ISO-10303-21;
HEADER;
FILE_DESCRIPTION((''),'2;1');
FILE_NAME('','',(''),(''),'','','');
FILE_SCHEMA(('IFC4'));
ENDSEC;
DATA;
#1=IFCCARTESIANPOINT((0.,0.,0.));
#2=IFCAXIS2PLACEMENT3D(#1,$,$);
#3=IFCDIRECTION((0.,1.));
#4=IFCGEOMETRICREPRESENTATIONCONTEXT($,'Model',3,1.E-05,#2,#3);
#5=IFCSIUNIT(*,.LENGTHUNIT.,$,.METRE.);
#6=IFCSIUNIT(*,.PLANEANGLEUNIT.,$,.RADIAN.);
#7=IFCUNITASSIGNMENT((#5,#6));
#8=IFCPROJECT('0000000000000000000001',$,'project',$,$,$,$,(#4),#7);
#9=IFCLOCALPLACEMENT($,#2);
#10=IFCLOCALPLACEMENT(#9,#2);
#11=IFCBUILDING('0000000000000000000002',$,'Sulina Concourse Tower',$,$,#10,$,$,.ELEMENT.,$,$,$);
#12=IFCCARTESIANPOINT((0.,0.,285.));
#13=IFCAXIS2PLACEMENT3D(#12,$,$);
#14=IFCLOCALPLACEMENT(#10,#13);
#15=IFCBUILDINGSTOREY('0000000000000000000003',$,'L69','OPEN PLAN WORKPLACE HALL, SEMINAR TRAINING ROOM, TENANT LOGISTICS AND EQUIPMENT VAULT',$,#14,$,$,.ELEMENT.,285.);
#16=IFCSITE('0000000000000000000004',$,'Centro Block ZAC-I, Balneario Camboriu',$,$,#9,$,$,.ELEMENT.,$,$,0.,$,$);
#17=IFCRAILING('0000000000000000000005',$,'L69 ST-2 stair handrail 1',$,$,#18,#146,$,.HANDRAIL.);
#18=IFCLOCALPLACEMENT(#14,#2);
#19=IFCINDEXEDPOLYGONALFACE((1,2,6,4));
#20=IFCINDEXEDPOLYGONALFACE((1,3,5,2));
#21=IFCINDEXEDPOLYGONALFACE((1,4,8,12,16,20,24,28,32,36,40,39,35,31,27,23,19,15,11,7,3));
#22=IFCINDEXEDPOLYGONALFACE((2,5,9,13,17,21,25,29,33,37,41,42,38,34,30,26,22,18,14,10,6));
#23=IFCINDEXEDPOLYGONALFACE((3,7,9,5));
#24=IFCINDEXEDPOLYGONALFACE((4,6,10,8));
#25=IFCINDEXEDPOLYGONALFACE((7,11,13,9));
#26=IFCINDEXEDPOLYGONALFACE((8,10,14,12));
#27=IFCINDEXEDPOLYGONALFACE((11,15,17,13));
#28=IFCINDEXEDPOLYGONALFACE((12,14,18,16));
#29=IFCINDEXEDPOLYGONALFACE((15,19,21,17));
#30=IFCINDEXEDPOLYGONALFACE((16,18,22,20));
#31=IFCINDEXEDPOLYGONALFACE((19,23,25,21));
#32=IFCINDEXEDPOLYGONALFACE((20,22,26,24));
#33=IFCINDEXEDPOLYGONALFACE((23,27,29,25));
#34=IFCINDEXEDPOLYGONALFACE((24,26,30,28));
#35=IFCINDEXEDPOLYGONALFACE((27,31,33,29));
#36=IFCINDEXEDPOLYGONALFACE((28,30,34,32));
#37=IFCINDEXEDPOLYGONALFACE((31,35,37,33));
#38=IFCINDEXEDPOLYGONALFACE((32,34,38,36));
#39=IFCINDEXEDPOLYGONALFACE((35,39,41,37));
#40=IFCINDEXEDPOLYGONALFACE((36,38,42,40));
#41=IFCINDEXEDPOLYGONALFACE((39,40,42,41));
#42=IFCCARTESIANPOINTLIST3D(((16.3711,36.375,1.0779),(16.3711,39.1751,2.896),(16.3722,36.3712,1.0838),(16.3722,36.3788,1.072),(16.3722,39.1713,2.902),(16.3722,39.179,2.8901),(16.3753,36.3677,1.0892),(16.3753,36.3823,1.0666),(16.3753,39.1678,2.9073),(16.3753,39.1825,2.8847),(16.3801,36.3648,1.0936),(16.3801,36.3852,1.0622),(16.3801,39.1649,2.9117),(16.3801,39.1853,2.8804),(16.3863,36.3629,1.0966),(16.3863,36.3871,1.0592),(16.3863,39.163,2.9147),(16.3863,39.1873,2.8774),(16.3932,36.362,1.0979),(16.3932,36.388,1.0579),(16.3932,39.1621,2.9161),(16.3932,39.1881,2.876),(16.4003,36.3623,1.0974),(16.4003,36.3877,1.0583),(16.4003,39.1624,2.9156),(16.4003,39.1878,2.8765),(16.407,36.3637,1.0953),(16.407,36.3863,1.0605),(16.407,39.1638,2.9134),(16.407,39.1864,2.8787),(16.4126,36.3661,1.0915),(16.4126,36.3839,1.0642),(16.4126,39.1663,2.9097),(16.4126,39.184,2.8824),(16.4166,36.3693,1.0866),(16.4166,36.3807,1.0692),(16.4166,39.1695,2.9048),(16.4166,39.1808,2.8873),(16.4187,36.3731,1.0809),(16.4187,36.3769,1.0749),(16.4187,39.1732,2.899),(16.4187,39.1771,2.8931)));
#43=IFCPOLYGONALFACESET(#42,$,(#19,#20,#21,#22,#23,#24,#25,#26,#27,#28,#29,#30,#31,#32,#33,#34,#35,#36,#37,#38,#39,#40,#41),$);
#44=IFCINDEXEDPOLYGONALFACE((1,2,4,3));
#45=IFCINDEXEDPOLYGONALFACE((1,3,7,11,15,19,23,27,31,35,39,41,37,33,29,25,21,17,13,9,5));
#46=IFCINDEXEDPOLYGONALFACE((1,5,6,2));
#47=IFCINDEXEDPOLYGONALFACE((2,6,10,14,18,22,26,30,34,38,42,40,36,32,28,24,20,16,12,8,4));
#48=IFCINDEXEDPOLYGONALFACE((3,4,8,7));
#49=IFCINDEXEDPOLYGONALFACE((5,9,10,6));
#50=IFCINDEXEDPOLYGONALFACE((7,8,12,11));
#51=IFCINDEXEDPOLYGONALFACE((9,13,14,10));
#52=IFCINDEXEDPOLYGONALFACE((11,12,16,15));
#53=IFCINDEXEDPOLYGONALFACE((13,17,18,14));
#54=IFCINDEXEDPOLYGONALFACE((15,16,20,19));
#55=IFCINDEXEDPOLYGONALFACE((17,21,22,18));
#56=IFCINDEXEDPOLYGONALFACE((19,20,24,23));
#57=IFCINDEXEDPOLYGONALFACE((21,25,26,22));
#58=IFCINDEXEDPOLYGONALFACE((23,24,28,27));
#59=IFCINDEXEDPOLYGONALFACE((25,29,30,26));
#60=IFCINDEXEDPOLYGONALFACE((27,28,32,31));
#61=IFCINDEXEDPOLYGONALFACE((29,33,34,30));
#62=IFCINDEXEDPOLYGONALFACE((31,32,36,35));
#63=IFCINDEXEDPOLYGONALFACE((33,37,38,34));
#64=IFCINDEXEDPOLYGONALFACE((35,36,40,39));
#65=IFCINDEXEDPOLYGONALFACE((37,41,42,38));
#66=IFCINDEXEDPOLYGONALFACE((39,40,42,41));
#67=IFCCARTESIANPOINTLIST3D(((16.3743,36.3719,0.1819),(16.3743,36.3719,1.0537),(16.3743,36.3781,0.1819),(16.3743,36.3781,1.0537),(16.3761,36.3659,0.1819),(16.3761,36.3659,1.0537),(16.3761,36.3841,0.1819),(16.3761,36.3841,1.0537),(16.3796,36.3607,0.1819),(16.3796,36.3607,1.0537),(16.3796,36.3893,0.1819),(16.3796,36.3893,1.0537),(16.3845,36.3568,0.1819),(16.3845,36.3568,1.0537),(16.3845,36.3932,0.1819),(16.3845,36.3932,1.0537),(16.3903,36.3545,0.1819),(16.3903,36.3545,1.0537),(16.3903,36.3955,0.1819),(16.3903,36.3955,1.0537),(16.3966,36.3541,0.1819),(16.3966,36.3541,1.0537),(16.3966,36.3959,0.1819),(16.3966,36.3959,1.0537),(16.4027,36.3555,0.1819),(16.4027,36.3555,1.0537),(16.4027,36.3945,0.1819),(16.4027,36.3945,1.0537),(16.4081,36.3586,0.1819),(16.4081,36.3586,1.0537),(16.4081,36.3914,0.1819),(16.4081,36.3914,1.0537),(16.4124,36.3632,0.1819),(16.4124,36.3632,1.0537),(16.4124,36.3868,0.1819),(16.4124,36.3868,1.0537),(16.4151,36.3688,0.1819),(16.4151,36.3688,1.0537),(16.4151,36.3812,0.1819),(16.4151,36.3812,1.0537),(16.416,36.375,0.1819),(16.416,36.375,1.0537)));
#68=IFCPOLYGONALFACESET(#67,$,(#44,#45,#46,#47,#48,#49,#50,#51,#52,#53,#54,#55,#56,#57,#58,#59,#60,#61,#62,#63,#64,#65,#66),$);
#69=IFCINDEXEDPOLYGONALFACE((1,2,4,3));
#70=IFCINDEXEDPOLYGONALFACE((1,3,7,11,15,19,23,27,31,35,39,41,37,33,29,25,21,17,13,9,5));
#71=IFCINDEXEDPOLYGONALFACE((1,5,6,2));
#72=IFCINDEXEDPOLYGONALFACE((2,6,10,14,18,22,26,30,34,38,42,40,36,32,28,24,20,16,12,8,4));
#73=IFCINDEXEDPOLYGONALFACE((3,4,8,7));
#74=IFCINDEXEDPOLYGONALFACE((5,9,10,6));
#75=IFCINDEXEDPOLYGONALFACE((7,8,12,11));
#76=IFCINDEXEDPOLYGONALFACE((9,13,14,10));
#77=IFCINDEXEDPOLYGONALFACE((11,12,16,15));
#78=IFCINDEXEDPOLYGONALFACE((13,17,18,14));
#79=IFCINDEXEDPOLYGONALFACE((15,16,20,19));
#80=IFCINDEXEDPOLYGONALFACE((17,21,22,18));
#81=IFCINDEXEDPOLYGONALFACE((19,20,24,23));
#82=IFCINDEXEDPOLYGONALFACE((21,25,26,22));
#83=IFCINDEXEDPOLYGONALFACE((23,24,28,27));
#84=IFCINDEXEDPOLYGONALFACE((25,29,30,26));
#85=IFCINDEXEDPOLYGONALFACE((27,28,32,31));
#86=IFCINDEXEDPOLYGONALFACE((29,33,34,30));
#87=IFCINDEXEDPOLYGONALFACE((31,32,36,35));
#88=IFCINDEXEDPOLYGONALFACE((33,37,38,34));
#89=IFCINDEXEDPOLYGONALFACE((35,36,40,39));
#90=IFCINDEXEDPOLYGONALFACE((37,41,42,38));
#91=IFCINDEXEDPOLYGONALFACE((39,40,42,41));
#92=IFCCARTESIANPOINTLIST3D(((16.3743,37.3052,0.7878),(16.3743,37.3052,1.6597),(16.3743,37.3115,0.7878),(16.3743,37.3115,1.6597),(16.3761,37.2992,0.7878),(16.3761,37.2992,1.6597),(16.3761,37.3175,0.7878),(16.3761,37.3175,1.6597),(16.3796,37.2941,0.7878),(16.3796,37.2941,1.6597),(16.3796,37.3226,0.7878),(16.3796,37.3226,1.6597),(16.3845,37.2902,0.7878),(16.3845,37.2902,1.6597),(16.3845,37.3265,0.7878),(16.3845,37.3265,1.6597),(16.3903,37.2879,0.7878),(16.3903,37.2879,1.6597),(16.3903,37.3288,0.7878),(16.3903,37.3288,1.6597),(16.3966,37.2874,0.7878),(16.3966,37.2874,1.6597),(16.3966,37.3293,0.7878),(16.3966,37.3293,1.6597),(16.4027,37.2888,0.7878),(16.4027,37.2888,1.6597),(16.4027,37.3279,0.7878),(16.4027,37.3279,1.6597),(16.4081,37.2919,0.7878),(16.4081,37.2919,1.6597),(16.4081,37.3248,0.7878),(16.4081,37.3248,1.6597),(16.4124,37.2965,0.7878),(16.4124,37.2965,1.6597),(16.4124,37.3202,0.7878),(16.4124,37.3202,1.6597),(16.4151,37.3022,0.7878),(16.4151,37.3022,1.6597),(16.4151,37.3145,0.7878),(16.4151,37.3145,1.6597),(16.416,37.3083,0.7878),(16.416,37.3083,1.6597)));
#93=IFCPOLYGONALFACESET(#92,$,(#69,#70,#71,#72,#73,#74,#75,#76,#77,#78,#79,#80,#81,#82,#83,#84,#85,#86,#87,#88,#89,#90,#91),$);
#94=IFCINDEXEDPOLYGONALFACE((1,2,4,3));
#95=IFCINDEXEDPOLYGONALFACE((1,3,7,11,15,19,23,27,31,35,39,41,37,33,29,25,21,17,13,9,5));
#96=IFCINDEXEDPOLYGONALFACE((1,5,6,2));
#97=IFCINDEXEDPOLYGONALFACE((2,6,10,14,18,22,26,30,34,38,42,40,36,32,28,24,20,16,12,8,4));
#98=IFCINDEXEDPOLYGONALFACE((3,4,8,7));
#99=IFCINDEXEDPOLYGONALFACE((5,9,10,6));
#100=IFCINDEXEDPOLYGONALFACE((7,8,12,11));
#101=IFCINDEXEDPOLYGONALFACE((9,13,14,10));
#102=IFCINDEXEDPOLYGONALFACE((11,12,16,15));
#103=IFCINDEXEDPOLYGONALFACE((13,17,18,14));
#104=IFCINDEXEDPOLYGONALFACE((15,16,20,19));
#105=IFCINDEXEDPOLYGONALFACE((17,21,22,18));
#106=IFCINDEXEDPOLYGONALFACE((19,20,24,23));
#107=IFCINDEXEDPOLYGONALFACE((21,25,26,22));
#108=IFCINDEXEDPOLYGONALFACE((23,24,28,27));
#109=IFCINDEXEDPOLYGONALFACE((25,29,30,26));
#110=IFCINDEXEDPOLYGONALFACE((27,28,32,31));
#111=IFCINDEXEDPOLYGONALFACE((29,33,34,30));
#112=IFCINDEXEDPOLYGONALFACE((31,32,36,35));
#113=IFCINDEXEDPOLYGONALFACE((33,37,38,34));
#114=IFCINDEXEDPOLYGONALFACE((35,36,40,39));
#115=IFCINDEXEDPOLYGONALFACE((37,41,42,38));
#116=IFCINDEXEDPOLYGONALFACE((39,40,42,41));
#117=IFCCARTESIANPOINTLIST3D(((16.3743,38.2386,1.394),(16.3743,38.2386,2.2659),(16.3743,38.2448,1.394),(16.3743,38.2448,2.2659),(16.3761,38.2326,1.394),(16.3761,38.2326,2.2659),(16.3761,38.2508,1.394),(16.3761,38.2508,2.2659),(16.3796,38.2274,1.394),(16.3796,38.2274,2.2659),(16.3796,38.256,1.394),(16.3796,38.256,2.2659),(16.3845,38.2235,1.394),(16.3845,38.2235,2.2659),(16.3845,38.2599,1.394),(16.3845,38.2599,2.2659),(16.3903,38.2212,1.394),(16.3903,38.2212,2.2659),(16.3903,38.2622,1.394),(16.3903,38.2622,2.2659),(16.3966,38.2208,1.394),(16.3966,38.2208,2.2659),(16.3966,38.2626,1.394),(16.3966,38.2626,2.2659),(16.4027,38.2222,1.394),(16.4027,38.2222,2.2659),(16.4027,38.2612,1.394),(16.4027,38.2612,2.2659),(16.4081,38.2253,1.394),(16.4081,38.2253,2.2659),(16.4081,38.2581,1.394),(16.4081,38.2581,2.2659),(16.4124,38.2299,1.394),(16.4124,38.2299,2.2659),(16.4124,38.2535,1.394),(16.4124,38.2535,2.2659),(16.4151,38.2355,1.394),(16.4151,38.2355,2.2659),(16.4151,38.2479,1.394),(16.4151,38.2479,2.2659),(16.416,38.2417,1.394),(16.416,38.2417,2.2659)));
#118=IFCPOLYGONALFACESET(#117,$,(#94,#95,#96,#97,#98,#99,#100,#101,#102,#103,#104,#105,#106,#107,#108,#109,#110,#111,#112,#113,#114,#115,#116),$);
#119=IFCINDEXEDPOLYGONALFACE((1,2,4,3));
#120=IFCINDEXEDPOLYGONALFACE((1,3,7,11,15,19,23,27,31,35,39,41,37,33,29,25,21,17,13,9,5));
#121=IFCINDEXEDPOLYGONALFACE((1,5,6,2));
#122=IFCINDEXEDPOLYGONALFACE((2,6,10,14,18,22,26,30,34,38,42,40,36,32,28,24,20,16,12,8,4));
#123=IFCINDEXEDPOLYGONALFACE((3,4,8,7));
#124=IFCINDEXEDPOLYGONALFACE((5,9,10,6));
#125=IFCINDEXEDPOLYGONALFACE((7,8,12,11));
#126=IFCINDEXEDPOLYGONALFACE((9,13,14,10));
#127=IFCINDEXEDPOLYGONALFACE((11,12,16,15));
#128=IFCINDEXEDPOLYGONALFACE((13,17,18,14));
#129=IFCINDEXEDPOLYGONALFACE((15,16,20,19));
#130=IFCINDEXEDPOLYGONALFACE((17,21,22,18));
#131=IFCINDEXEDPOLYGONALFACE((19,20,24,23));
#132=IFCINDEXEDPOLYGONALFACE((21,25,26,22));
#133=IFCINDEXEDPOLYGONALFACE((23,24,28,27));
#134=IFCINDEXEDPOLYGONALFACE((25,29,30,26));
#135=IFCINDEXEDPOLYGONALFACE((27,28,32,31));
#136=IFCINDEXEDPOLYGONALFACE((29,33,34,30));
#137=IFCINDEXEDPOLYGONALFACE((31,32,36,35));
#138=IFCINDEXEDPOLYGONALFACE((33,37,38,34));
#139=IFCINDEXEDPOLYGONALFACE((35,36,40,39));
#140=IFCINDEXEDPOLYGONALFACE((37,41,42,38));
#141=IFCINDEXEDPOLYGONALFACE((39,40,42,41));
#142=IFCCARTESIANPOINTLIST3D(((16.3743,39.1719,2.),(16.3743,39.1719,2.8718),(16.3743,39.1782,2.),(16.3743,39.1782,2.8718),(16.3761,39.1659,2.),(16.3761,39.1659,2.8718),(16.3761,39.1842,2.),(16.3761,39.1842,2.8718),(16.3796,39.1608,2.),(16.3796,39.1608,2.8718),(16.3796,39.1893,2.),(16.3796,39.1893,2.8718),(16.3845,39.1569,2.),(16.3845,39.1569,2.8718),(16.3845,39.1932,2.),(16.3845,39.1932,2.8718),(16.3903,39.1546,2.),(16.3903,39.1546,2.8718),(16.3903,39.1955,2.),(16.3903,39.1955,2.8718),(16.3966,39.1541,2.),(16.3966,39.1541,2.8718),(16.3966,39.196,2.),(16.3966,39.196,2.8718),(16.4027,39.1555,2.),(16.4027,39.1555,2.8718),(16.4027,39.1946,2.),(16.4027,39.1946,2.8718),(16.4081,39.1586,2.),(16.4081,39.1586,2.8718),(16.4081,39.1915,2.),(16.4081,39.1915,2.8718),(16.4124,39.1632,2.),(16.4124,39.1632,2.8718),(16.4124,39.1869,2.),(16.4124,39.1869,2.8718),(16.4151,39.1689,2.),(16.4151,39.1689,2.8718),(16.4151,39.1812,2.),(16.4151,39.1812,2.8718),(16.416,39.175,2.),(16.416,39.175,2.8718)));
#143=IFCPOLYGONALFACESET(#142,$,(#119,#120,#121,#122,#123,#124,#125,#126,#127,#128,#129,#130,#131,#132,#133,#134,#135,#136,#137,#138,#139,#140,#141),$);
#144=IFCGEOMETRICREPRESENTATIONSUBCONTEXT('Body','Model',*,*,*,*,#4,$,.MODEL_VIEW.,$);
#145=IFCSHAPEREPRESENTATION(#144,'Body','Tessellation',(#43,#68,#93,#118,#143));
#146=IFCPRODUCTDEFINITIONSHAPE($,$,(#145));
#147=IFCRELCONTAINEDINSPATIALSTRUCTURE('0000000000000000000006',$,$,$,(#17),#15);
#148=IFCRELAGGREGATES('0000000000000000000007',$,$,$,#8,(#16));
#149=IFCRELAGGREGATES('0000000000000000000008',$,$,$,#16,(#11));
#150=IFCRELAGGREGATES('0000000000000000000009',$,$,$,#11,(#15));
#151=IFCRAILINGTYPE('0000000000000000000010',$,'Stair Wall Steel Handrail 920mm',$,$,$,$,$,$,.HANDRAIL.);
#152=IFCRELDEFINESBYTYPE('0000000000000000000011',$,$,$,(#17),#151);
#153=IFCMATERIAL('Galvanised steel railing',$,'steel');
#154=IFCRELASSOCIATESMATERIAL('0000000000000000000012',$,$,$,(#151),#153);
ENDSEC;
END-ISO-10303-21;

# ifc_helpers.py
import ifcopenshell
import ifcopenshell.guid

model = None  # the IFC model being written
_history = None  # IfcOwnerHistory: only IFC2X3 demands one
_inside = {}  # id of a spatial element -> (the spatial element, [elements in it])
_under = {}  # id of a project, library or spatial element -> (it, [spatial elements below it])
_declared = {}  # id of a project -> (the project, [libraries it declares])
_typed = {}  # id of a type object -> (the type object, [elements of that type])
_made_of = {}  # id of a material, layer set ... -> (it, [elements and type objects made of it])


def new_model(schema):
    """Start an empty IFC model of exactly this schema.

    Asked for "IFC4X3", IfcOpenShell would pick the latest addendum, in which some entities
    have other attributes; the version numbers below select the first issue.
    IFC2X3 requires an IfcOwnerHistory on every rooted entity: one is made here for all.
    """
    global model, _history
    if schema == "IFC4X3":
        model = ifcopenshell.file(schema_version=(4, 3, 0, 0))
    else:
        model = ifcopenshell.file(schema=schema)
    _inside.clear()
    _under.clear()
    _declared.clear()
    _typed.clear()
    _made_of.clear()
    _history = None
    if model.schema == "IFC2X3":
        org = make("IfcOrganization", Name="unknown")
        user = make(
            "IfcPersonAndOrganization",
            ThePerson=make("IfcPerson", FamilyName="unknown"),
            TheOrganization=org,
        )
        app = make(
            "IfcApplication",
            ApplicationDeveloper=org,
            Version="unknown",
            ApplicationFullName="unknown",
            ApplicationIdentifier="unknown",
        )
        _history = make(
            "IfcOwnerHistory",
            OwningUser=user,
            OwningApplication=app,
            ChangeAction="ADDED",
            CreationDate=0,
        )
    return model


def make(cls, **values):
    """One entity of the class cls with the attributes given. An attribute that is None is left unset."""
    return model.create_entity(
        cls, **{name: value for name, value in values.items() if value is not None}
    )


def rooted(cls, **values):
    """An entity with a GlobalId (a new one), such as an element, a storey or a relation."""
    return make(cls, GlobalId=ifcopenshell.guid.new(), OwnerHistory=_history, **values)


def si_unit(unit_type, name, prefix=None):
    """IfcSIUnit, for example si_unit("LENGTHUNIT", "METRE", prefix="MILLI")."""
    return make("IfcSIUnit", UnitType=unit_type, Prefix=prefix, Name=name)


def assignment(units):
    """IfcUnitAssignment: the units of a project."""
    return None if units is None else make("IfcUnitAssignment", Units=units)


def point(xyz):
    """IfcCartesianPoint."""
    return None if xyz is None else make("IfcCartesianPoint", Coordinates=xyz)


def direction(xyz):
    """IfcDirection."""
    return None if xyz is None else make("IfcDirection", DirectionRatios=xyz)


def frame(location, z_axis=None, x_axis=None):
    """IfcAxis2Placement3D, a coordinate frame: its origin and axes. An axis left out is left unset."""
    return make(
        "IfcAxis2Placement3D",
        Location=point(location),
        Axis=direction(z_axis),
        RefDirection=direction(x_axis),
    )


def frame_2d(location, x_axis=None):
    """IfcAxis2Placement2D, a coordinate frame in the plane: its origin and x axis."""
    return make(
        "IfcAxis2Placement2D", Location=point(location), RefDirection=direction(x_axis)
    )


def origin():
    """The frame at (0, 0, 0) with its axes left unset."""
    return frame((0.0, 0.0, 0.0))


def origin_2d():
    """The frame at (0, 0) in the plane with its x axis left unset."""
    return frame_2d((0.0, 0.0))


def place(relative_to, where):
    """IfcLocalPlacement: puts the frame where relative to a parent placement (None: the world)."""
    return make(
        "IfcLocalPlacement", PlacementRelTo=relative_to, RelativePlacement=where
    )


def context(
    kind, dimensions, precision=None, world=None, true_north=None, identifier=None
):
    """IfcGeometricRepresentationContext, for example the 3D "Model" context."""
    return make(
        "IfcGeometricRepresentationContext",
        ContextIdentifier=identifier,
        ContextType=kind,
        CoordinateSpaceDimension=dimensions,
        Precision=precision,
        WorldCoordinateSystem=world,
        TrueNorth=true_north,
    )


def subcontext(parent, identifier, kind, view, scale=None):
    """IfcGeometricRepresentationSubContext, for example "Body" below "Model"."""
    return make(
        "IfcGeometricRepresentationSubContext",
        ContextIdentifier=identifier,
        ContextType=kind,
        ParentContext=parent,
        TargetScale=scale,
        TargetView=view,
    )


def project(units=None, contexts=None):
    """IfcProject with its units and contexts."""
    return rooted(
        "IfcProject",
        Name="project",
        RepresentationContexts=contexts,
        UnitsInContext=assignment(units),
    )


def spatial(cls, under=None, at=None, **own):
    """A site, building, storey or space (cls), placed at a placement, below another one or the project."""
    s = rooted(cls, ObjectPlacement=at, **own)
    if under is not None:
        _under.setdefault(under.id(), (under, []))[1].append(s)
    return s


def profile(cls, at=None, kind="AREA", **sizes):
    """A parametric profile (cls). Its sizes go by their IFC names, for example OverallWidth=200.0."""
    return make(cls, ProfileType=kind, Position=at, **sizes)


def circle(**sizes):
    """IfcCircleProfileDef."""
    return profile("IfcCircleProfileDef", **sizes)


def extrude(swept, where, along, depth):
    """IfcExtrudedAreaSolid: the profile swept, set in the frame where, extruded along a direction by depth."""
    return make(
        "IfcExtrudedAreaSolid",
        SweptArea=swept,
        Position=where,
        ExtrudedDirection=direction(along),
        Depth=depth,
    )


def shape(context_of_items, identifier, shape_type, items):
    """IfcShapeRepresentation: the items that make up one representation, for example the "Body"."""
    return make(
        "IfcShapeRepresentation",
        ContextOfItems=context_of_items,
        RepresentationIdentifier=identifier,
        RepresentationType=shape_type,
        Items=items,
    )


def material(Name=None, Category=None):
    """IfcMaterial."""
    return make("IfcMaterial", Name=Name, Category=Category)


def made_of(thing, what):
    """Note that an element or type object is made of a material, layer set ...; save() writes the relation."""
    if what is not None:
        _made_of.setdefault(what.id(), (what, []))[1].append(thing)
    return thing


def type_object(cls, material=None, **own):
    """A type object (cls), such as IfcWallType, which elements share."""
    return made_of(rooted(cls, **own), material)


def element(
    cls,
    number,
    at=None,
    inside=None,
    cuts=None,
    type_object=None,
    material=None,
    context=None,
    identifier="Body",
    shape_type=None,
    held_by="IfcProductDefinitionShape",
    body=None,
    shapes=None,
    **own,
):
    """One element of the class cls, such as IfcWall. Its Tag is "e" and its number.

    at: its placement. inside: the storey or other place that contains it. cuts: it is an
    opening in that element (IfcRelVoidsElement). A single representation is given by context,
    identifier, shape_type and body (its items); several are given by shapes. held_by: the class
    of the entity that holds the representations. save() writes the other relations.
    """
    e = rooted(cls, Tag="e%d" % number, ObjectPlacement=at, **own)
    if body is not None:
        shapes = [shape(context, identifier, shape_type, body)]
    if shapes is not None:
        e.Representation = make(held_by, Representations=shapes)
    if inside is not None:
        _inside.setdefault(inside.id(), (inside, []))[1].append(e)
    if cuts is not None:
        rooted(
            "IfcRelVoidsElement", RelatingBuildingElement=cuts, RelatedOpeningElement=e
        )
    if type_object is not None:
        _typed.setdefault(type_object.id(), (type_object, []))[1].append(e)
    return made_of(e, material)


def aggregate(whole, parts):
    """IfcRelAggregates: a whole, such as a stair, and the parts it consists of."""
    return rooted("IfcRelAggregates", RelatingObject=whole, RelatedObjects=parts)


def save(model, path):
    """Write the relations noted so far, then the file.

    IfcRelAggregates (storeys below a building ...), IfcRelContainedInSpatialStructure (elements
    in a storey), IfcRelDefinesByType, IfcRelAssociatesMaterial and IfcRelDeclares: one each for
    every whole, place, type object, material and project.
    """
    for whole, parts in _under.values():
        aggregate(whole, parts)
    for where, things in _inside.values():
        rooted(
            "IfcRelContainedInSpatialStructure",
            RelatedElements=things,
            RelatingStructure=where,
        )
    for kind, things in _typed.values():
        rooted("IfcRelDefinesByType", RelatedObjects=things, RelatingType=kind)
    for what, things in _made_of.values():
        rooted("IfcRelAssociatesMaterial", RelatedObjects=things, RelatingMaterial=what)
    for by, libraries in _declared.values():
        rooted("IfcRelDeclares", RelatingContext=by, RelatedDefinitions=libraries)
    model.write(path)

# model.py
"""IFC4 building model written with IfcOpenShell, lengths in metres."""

from ifc_helpers import new_model, si_unit, direction, frame, origin, origin_2d, place, context, subcontext, project, spatial, circle, extrude, material, type_object, element, save


model = new_model("IFC4")

# Units and contexts
model_context = context("Model", 3, precision=1e-05, world=origin(), true_north=direction((0.0, 1.0)))
body_context = subcontext(model_context, "Body", "Model", "MODEL_VIEW")
ifc_project = project(units=[si_unit("LENGTHUNIT", "METRE"), si_unit("PLANEANGLEUNIT", "RADIAN")], contexts=[model_context])

# Site, building, storey
site_placement = place(None, origin())
site = spatial("IfcSite", under=ifc_project, at=site_placement, Name="Centro Block ZAC-I, Balneario Camboriu", CompositionType="ELEMENT", RefElevation=0.0)
building_placement = place(site_placement, origin())
building = spatial("IfcBuilding", under=site, at=building_placement, Name="Sulina Concourse Tower", CompositionType="ELEMENT")
storey_placement = place(building_placement, frame((0.0, 0.0, 285.0)))
storey = spatial("IfcBuildingStorey", under=building, at=storey_placement, Name="L69", Description="OPEN PLAN WORKPLACE HALL, SEMINAR TRAINING ROOM, TENANT LOGISTICS AND EQUIPMENT VAULT", CompositionType="ELEMENT", Elevation=285.0)

# Railing
ifc_material_1 = material(Name="Galvanised steel railing", Category="steel")
railing_type_1 = type_object("IfcRailingType", Name="Stair Wall Steel Handrail 920mm", PredefinedType="HANDRAIL", material=ifc_material_1)
railing_1_placement = place(storey_placement, frame((16.395, 36.375, 0.1819)))
element("IfcRailing", 1, at=railing_1_placement, inside=storey, type_object=railing_type_1, Name="L69 ST-2 stair handrail 1", PredefinedType="HANDRAIL", context=body_context, shape_type="SweptSolid", body=[
    extrude(circle(Radius=0.0239, at=origin_2d()), frame((0.0, 0.0, 0.896), z_axis=(0.0, 0.838706, 0.544585), x_axis=(-1.0, 0.0, 0.0)), (0.0, 0.0, 1.0), 3.3386),
    extrude(circle(Radius=0.021, at=origin_2d()), origin(), (0.0, 0.0, 1.0), 0.8718),
    extrude(circle(Radius=0.021, at=origin_2d()), frame((0.0, 0.9333, 0.606)), (0.0, 0.0, 1.0), 0.8718),
    extrude(circle(Radius=0.021, at=origin_2d()), frame((0.0, 1.8667, 1.2122)), (0.0, 0.0, 1.0), 0.8718),
    extrude(circle(Radius=0.021, at=origin_2d()), frame((0.0, 2.8, 1.8181)), (0.0, 0.0, 1.0), 0.8718),
])

save(model, "model.ifc")
